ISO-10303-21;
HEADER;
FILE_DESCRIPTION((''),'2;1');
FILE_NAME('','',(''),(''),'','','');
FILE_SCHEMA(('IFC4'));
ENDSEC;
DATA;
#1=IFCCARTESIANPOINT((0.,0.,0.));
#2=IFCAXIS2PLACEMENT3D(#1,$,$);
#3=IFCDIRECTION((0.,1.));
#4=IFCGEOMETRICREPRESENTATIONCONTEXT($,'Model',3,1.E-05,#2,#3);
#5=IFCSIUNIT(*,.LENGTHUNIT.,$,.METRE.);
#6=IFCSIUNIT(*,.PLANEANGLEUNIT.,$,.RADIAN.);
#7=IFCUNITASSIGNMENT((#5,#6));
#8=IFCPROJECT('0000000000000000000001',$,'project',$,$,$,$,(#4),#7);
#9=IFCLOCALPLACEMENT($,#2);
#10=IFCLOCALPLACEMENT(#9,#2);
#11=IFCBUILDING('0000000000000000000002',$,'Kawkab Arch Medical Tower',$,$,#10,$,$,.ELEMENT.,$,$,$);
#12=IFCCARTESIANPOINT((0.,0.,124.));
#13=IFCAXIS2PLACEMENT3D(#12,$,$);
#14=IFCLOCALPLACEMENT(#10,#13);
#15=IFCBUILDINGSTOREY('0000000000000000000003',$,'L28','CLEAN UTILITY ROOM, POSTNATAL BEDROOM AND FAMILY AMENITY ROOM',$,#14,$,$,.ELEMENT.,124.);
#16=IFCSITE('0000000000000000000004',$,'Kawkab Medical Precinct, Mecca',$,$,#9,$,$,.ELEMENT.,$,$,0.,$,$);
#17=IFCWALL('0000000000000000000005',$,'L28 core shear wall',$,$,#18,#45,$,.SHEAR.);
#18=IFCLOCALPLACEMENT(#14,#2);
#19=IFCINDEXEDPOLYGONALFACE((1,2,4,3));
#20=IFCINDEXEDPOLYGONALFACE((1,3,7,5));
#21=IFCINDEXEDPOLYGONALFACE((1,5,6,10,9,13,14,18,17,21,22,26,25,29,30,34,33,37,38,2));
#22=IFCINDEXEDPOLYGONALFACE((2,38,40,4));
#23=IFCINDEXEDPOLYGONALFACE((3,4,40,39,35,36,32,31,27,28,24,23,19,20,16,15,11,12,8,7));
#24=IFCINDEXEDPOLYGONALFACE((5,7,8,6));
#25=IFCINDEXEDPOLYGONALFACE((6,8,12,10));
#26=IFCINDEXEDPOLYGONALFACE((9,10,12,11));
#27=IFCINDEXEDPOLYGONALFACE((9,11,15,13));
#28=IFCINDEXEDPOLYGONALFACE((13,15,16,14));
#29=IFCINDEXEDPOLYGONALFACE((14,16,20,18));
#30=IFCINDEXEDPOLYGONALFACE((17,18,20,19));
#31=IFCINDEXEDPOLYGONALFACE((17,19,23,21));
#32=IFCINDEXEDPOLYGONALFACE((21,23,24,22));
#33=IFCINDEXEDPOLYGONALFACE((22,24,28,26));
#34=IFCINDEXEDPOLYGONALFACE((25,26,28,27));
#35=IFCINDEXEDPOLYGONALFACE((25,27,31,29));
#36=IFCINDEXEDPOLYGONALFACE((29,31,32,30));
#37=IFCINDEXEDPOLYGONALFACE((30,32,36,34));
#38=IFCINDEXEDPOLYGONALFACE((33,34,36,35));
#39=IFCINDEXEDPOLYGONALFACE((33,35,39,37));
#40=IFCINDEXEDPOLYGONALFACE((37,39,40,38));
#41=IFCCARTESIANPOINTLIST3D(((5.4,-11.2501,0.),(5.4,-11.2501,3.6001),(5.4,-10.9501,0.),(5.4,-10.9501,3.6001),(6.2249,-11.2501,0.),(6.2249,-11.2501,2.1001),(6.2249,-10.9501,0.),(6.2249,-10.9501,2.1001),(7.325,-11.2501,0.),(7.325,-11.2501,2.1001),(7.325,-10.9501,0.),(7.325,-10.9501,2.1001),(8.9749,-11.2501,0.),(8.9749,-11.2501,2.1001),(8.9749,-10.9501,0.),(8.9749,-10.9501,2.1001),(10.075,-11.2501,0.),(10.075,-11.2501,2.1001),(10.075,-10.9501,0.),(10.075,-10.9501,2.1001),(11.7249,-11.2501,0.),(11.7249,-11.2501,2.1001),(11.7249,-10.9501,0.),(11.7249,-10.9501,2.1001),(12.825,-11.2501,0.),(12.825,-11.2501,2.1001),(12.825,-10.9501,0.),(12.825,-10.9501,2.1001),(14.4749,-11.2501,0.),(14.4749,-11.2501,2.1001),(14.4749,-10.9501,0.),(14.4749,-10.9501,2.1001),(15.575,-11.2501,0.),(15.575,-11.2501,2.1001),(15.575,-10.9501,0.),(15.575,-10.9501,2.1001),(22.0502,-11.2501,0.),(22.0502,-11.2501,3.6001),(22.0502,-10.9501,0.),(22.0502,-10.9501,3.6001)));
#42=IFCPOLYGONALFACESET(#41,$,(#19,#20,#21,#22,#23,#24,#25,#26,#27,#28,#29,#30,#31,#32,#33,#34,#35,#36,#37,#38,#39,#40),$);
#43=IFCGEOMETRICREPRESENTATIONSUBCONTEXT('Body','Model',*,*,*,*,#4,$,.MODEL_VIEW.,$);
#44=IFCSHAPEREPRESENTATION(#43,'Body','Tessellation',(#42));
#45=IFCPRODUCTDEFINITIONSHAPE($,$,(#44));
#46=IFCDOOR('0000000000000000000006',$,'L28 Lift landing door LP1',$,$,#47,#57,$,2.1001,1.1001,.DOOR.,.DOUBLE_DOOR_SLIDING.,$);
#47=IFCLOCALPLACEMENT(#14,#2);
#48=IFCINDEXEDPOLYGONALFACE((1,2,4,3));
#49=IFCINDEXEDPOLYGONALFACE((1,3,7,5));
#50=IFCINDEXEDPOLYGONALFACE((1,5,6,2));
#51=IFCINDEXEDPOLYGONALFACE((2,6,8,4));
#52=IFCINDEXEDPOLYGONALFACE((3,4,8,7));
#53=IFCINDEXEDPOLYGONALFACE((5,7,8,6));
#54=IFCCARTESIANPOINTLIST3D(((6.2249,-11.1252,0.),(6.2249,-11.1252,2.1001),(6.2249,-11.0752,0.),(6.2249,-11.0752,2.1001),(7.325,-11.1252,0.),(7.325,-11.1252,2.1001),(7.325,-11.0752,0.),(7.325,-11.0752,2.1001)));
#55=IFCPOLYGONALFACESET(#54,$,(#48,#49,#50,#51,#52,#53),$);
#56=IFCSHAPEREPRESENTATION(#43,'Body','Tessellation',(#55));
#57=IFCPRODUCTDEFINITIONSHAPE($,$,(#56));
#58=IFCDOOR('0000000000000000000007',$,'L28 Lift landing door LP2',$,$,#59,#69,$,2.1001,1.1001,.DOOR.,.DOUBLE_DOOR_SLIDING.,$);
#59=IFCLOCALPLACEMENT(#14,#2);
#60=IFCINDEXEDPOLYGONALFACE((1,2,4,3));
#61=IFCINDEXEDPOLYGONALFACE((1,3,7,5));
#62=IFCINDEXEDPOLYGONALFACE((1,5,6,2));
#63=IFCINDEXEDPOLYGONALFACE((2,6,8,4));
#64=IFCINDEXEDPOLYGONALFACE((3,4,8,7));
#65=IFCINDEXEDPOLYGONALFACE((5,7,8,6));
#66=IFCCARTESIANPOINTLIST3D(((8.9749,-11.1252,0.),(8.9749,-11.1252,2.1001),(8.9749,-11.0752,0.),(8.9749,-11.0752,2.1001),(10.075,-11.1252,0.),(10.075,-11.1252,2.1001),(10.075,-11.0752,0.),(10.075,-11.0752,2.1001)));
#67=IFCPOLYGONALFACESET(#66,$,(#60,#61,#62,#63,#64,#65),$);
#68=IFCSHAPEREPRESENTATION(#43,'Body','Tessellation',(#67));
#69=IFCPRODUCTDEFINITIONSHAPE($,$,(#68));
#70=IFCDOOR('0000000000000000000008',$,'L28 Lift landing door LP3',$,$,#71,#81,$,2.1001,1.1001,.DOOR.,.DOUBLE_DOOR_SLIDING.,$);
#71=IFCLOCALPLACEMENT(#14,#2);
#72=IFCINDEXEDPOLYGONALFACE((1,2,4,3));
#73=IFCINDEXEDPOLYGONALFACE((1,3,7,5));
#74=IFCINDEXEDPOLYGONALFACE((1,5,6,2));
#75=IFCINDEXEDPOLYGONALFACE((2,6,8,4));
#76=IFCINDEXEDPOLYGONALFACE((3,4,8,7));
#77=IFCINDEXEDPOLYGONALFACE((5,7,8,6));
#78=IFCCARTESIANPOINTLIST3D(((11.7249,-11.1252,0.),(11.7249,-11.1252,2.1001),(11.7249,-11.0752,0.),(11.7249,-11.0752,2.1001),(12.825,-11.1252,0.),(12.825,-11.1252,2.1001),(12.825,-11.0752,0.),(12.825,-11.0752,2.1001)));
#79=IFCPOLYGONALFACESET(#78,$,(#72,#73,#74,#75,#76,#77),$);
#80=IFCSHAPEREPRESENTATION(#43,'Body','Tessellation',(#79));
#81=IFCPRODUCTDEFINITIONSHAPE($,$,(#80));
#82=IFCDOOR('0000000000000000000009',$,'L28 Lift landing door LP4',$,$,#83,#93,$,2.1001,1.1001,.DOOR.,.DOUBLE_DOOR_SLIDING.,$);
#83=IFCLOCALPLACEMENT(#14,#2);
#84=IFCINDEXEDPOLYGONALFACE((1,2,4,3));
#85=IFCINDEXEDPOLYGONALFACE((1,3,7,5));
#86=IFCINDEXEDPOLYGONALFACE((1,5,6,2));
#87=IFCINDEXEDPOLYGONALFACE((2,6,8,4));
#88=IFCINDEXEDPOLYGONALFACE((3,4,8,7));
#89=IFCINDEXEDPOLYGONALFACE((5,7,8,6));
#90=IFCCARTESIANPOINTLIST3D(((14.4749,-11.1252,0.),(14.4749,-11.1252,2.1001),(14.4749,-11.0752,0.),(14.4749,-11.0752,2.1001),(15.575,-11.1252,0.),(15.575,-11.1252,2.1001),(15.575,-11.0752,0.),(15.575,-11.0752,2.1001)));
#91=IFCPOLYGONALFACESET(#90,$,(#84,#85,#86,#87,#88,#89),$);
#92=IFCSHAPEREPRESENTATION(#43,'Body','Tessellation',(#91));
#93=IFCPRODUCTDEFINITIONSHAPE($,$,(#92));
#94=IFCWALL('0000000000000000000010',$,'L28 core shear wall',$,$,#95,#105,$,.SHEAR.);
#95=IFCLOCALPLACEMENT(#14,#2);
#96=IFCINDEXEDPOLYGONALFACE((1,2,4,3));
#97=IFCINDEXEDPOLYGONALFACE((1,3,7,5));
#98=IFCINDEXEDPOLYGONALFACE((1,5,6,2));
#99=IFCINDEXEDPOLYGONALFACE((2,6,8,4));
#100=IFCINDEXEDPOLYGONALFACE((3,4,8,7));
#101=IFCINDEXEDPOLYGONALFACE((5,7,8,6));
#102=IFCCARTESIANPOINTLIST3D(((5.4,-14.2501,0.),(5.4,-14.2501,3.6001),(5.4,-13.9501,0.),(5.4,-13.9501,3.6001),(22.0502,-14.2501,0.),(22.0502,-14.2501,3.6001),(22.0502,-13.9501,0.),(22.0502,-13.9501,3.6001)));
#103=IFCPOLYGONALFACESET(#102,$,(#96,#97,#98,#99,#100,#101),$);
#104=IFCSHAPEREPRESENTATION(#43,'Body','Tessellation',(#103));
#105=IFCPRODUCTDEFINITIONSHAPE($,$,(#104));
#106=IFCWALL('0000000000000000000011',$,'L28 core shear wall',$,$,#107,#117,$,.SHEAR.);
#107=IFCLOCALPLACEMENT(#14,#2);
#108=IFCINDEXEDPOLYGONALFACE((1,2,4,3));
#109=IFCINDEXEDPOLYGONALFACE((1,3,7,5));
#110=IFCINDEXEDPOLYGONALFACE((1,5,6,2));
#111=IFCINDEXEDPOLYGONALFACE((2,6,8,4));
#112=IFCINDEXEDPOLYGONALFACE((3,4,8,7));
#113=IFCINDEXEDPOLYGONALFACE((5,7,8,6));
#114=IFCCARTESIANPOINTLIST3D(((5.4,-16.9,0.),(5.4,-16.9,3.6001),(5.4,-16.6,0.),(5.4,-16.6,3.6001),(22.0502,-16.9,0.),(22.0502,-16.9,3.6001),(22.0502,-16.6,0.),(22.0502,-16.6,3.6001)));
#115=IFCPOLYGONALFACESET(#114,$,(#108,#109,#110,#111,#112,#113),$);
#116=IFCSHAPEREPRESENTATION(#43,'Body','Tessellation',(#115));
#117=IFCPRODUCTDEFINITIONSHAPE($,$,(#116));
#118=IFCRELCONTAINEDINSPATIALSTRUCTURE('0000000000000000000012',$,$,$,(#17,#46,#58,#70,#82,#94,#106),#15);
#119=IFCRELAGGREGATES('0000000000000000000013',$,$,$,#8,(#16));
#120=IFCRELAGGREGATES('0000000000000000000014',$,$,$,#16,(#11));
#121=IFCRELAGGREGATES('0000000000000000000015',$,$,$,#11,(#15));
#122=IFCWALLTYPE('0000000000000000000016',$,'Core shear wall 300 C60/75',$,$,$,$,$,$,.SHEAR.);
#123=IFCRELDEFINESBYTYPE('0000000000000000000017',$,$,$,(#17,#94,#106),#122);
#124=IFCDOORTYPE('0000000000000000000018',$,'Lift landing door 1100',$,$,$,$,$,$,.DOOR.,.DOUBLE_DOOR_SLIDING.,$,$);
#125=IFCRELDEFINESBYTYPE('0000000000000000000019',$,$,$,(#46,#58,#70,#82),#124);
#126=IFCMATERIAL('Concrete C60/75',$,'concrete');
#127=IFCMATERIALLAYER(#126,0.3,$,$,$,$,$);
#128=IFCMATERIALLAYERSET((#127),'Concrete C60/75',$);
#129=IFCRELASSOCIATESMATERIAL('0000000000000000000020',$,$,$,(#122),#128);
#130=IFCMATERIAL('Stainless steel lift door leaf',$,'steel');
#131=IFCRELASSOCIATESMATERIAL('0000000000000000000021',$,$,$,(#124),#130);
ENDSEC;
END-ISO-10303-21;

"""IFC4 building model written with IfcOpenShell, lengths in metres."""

from ifc_helpers import new_model, si_unit, direction, frame, frame_2d, origin, place, context, subcontext, project, spatial, rectangle, extrude, material, layer, layer_set, type_object, element, fill, save


model = new_model("IFC4")

# Units and contexts
model_context = context("Model", 3, precision=1e-05, world=origin(), true_north=direction((0.0, 1.0)))
body_context = subcontext(model_context, "Body", "Model", "MODEL_VIEW")
ifc_project = project(units=[si_unit("LENGTHUNIT", "METRE"), si_unit("PLANEANGLEUNIT", "RADIAN")], contexts=[model_context])

# Site, building, storey
site_placement = place(None, origin())
site = spatial("IfcSite", under=ifc_project, at=site_placement, Name="Kawkab Medical Precinct, Mecca", CompositionType="ELEMENT", RefElevation=0.0)
building_placement = place(site_placement, origin())
building = spatial("IfcBuilding", under=site, at=building_placement, Name="Kawkab Arch Medical Tower", CompositionType="ELEMENT")
storey_placement = place(building_placement, frame((0.0, 0.0, 124.0)))
storey = spatial("IfcBuildingStorey", under=building, at=storey_placement, Name="L28", Description="CLEAN UTILITY ROOM, POSTNATAL BEDROOM AND FAMILY AMENITY ROOM", CompositionType="ELEMENT", Elevation=124.0)

# Shared definitions
ifc_material_1 = material(Name="Concrete C60/75", Category="concrete")
ifc_layer_1 = layer(ifc_material_1, 0.3)
ifc_layer_set_1 = layer_set([ifc_layer_1], Name="Concrete C60/75")
wall_type_1 = type_object("IfcWallType", Name="Core shear wall 300 C60/75", PredefinedType="SHEAR", material=ifc_layer_set_1)

# Wall, openings, doors
wall_1_placement = place(storey_placement, frame((5.3999, -11.1001, 0.0), z_axis=(0.0, 0.0, 1.0), x_axis=(1.0, 0.0, 0.0)))
wall_1 = element("IfcWall", 1, at=wall_1_placement, inside=storey, type_object=wall_type_1, Name="L28 core shear wall", PredefinedType="SHEAR", context=body_context, shape_type="SweptSolid", body=[
    extrude(rectangle(XDim=16.6501, YDim=0.3, at=frame_2d((8.3252, 0.0))), origin(), (0.0, 0.0, 1.0), 3.6001),
])
opening_1_placement = place(wall_1_placement, frame((0.825, 0.0, 0.0)))
opening_1 = element("IfcOpeningElement", 2, at=opening_1_placement, cuts=wall_1, PredefinedType="OPENING", context=body_context, shape_type="SweptSolid", body=[
    extrude(rectangle(XDim=1.1001, YDim=2.1001, at=frame_2d((0.55, 1.05))), frame((0.0, 0.1599, 0.0), z_axis=(0.0, -1.0, 0.0), x_axis=(1.0, 0.0, 0.0)), (0.0, 0.0, 1.0), 0.3201),
])
opening_2_placement = place(wall_1_placement, frame((3.575, 0.0, 0.0)))
opening_2 = element("IfcOpeningElement", 3, at=opening_2_placement, cuts=wall_1, PredefinedType="OPENING", context=body_context, shape_type="SweptSolid", body=[
    extrude(rectangle(XDim=1.1001, YDim=2.1001, at=frame_2d((0.55, 1.05))), frame((0.0, 0.1599, 0.0), z_axis=(0.0, -1.0, 0.0), x_axis=(1.0, 0.0, 0.0)), (0.0, 0.0, 1.0), 0.3201),
])
opening_3_placement = place(wall_1_placement, frame((6.325, 0.0, 0.0)))
opening_3 = element("IfcOpeningElement", 4, at=opening_3_placement, cuts=wall_1, PredefinedType="OPENING", context=body_context, shape_type="SweptSolid", body=[
    extrude(rectangle(XDim=1.1001, YDim=2.1001, at=frame_2d((0.55, 1.05))), frame((0.0, 0.1599, 0.0), z_axis=(0.0, -1.0, 0.0), x_axis=(1.0, 0.0, 0.0)), (0.0, 0.0, 1.0), 0.3201),
])
opening_4_placement = place(wall_1_placement, frame((9.075, 0.0, 0.0)))
opening_4 = element("IfcOpeningElement", 5, at=opening_4_placement, cuts=wall_1, PredefinedType="OPENING", context=body_context, shape_type="SweptSolid", body=[
    extrude(rectangle(XDim=1.1001, YDim=2.1001, at=frame_2d((0.55, 1.05))), frame((0.0, 0.1599, 0.0), z_axis=(0.0, -1.0, 0.0), x_axis=(1.0, 0.0, 0.0)), (0.0, 0.0, 1.0), 0.3201),
])
ifc_material_2 = material(Name="Stainless steel lift door leaf", Category="steel")
door_type_1 = type_object("IfcDoorType", Name="Lift landing door 1100", OperationType="DOUBLE_DOOR_SLIDING", PredefinedType="DOOR", material=ifc_material_2)
door_1_placement = place(opening_1_placement, origin())
door_1 = element("IfcDoor", 6, at=door_1_placement, inside=storey, type_object=door_type_1, Name="L28 Lift landing door LP1", OperationType="DOUBLE_DOOR_SLIDING", OverallHeight=2.1001, OverallWidth=1.1001, PredefinedType="DOOR", context=body_context, shape_type="SweptSolid", body=[
    extrude(rectangle(XDim=1.1001, YDim=2.1001, at=frame_2d((0.55, 1.05))), frame((0.0, 0.0249, 0.0), z_axis=(0.0, -1.0, 0.0), x_axis=(1.0, 0.0, 0.0)), (0.0, 0.0, 1.0), 0.05),
])
fill(opening_1, door_1)
door_2_placement = place(opening_2_placement, origin())
door_2 = element("IfcDoor", 7, at=door_2_placement, inside=storey, type_object=door_type_1, Name="L28 Lift landing door LP2", OperationType="DOUBLE_DOOR_SLIDING", OverallHeight=2.1001, OverallWidth=1.1001, PredefinedType="DOOR", context=body_context, shape_type="SweptSolid", body=[
    extrude(rectangle(XDim=1.1001, YDim=2.1001, at=frame_2d((0.55, 1.05))), frame((0.0, 0.0249, 0.0), z_axis=(0.0, -1.0, 0.0), x_axis=(1.0, 0.0, 0.0)), (0.0, 0.0, 1.0), 0.05),
])
fill(opening_2, door_2)
door_3_placement = place(opening_3_placement, origin())
door_3 = element("IfcDoor", 8, at=door_3_placement, inside=storey, type_object=door_type_1, Name="L28 Lift landing door LP3", OperationType="DOUBLE_DOOR_SLIDING", OverallHeight=2.1001, OverallWidth=1.1001, PredefinedType="DOOR", context=body_context, shape_type="SweptSolid", body=[
    extrude(rectangle(XDim=1.1001, YDim=2.1001, at=frame_2d((0.55, 1.05))), frame((0.0, 0.0249, 0.0), z_axis=(0.0, -1.0, 0.0), x_axis=(1.0, 0.0, 0.0)), (0.0, 0.0, 1.0), 0.05),
])
fill(opening_3, door_3)
door_4_placement = place(opening_4_placement, origin())
door_4 = element("IfcDoor", 9, at=door_4_placement, inside=storey, type_object=door_type_1, Name="L28 Lift landing door LP4", OperationType="DOUBLE_DOOR_SLIDING", OverallHeight=2.1001, OverallWidth=1.1001, PredefinedType="DOOR", context=body_context, shape_type="SweptSolid", body=[
    extrude(rectangle(XDim=1.1001, YDim=2.1001, at=frame_2d((0.55, 1.05))), frame((0.0, 0.0249, 0.0), z_axis=(0.0, -1.0, 0.0), x_axis=(1.0, 0.0, 0.0)), (0.0, 0.0, 1.0), 0.05),
])
fill(opening_4, door_4)

# Walls
for number, where, z_axis, x_axis, name in (
    (10, (5.3999, -14.1001, 0.0), (0.0, 0.0, 1.0), (1.0, 0.0, 0.0), "L28 core shear wall"),
    (11, (5.3999, -16.75, 0.0), (0.0, 0.0, 1.0), (1.0, 0.0, 0.0), "L28 core shear wall"),
):
    element("IfcWall", number, at=place(storey_placement, frame(where, z_axis=z_axis, x_axis=x_axis)), inside=storey, type_object=wall_type_1, Name=name, PredefinedType="SHEAR", context=body_context, shape_type="SweptSolid", body=[
        extrude(rectangle(XDim=16.6501, YDim=0.3, at=frame_2d((8.3252, 0.0))), origin(), (0.0, 0.0, 1.0), 3.6001),
    ])

save(model, "model.ifc")
